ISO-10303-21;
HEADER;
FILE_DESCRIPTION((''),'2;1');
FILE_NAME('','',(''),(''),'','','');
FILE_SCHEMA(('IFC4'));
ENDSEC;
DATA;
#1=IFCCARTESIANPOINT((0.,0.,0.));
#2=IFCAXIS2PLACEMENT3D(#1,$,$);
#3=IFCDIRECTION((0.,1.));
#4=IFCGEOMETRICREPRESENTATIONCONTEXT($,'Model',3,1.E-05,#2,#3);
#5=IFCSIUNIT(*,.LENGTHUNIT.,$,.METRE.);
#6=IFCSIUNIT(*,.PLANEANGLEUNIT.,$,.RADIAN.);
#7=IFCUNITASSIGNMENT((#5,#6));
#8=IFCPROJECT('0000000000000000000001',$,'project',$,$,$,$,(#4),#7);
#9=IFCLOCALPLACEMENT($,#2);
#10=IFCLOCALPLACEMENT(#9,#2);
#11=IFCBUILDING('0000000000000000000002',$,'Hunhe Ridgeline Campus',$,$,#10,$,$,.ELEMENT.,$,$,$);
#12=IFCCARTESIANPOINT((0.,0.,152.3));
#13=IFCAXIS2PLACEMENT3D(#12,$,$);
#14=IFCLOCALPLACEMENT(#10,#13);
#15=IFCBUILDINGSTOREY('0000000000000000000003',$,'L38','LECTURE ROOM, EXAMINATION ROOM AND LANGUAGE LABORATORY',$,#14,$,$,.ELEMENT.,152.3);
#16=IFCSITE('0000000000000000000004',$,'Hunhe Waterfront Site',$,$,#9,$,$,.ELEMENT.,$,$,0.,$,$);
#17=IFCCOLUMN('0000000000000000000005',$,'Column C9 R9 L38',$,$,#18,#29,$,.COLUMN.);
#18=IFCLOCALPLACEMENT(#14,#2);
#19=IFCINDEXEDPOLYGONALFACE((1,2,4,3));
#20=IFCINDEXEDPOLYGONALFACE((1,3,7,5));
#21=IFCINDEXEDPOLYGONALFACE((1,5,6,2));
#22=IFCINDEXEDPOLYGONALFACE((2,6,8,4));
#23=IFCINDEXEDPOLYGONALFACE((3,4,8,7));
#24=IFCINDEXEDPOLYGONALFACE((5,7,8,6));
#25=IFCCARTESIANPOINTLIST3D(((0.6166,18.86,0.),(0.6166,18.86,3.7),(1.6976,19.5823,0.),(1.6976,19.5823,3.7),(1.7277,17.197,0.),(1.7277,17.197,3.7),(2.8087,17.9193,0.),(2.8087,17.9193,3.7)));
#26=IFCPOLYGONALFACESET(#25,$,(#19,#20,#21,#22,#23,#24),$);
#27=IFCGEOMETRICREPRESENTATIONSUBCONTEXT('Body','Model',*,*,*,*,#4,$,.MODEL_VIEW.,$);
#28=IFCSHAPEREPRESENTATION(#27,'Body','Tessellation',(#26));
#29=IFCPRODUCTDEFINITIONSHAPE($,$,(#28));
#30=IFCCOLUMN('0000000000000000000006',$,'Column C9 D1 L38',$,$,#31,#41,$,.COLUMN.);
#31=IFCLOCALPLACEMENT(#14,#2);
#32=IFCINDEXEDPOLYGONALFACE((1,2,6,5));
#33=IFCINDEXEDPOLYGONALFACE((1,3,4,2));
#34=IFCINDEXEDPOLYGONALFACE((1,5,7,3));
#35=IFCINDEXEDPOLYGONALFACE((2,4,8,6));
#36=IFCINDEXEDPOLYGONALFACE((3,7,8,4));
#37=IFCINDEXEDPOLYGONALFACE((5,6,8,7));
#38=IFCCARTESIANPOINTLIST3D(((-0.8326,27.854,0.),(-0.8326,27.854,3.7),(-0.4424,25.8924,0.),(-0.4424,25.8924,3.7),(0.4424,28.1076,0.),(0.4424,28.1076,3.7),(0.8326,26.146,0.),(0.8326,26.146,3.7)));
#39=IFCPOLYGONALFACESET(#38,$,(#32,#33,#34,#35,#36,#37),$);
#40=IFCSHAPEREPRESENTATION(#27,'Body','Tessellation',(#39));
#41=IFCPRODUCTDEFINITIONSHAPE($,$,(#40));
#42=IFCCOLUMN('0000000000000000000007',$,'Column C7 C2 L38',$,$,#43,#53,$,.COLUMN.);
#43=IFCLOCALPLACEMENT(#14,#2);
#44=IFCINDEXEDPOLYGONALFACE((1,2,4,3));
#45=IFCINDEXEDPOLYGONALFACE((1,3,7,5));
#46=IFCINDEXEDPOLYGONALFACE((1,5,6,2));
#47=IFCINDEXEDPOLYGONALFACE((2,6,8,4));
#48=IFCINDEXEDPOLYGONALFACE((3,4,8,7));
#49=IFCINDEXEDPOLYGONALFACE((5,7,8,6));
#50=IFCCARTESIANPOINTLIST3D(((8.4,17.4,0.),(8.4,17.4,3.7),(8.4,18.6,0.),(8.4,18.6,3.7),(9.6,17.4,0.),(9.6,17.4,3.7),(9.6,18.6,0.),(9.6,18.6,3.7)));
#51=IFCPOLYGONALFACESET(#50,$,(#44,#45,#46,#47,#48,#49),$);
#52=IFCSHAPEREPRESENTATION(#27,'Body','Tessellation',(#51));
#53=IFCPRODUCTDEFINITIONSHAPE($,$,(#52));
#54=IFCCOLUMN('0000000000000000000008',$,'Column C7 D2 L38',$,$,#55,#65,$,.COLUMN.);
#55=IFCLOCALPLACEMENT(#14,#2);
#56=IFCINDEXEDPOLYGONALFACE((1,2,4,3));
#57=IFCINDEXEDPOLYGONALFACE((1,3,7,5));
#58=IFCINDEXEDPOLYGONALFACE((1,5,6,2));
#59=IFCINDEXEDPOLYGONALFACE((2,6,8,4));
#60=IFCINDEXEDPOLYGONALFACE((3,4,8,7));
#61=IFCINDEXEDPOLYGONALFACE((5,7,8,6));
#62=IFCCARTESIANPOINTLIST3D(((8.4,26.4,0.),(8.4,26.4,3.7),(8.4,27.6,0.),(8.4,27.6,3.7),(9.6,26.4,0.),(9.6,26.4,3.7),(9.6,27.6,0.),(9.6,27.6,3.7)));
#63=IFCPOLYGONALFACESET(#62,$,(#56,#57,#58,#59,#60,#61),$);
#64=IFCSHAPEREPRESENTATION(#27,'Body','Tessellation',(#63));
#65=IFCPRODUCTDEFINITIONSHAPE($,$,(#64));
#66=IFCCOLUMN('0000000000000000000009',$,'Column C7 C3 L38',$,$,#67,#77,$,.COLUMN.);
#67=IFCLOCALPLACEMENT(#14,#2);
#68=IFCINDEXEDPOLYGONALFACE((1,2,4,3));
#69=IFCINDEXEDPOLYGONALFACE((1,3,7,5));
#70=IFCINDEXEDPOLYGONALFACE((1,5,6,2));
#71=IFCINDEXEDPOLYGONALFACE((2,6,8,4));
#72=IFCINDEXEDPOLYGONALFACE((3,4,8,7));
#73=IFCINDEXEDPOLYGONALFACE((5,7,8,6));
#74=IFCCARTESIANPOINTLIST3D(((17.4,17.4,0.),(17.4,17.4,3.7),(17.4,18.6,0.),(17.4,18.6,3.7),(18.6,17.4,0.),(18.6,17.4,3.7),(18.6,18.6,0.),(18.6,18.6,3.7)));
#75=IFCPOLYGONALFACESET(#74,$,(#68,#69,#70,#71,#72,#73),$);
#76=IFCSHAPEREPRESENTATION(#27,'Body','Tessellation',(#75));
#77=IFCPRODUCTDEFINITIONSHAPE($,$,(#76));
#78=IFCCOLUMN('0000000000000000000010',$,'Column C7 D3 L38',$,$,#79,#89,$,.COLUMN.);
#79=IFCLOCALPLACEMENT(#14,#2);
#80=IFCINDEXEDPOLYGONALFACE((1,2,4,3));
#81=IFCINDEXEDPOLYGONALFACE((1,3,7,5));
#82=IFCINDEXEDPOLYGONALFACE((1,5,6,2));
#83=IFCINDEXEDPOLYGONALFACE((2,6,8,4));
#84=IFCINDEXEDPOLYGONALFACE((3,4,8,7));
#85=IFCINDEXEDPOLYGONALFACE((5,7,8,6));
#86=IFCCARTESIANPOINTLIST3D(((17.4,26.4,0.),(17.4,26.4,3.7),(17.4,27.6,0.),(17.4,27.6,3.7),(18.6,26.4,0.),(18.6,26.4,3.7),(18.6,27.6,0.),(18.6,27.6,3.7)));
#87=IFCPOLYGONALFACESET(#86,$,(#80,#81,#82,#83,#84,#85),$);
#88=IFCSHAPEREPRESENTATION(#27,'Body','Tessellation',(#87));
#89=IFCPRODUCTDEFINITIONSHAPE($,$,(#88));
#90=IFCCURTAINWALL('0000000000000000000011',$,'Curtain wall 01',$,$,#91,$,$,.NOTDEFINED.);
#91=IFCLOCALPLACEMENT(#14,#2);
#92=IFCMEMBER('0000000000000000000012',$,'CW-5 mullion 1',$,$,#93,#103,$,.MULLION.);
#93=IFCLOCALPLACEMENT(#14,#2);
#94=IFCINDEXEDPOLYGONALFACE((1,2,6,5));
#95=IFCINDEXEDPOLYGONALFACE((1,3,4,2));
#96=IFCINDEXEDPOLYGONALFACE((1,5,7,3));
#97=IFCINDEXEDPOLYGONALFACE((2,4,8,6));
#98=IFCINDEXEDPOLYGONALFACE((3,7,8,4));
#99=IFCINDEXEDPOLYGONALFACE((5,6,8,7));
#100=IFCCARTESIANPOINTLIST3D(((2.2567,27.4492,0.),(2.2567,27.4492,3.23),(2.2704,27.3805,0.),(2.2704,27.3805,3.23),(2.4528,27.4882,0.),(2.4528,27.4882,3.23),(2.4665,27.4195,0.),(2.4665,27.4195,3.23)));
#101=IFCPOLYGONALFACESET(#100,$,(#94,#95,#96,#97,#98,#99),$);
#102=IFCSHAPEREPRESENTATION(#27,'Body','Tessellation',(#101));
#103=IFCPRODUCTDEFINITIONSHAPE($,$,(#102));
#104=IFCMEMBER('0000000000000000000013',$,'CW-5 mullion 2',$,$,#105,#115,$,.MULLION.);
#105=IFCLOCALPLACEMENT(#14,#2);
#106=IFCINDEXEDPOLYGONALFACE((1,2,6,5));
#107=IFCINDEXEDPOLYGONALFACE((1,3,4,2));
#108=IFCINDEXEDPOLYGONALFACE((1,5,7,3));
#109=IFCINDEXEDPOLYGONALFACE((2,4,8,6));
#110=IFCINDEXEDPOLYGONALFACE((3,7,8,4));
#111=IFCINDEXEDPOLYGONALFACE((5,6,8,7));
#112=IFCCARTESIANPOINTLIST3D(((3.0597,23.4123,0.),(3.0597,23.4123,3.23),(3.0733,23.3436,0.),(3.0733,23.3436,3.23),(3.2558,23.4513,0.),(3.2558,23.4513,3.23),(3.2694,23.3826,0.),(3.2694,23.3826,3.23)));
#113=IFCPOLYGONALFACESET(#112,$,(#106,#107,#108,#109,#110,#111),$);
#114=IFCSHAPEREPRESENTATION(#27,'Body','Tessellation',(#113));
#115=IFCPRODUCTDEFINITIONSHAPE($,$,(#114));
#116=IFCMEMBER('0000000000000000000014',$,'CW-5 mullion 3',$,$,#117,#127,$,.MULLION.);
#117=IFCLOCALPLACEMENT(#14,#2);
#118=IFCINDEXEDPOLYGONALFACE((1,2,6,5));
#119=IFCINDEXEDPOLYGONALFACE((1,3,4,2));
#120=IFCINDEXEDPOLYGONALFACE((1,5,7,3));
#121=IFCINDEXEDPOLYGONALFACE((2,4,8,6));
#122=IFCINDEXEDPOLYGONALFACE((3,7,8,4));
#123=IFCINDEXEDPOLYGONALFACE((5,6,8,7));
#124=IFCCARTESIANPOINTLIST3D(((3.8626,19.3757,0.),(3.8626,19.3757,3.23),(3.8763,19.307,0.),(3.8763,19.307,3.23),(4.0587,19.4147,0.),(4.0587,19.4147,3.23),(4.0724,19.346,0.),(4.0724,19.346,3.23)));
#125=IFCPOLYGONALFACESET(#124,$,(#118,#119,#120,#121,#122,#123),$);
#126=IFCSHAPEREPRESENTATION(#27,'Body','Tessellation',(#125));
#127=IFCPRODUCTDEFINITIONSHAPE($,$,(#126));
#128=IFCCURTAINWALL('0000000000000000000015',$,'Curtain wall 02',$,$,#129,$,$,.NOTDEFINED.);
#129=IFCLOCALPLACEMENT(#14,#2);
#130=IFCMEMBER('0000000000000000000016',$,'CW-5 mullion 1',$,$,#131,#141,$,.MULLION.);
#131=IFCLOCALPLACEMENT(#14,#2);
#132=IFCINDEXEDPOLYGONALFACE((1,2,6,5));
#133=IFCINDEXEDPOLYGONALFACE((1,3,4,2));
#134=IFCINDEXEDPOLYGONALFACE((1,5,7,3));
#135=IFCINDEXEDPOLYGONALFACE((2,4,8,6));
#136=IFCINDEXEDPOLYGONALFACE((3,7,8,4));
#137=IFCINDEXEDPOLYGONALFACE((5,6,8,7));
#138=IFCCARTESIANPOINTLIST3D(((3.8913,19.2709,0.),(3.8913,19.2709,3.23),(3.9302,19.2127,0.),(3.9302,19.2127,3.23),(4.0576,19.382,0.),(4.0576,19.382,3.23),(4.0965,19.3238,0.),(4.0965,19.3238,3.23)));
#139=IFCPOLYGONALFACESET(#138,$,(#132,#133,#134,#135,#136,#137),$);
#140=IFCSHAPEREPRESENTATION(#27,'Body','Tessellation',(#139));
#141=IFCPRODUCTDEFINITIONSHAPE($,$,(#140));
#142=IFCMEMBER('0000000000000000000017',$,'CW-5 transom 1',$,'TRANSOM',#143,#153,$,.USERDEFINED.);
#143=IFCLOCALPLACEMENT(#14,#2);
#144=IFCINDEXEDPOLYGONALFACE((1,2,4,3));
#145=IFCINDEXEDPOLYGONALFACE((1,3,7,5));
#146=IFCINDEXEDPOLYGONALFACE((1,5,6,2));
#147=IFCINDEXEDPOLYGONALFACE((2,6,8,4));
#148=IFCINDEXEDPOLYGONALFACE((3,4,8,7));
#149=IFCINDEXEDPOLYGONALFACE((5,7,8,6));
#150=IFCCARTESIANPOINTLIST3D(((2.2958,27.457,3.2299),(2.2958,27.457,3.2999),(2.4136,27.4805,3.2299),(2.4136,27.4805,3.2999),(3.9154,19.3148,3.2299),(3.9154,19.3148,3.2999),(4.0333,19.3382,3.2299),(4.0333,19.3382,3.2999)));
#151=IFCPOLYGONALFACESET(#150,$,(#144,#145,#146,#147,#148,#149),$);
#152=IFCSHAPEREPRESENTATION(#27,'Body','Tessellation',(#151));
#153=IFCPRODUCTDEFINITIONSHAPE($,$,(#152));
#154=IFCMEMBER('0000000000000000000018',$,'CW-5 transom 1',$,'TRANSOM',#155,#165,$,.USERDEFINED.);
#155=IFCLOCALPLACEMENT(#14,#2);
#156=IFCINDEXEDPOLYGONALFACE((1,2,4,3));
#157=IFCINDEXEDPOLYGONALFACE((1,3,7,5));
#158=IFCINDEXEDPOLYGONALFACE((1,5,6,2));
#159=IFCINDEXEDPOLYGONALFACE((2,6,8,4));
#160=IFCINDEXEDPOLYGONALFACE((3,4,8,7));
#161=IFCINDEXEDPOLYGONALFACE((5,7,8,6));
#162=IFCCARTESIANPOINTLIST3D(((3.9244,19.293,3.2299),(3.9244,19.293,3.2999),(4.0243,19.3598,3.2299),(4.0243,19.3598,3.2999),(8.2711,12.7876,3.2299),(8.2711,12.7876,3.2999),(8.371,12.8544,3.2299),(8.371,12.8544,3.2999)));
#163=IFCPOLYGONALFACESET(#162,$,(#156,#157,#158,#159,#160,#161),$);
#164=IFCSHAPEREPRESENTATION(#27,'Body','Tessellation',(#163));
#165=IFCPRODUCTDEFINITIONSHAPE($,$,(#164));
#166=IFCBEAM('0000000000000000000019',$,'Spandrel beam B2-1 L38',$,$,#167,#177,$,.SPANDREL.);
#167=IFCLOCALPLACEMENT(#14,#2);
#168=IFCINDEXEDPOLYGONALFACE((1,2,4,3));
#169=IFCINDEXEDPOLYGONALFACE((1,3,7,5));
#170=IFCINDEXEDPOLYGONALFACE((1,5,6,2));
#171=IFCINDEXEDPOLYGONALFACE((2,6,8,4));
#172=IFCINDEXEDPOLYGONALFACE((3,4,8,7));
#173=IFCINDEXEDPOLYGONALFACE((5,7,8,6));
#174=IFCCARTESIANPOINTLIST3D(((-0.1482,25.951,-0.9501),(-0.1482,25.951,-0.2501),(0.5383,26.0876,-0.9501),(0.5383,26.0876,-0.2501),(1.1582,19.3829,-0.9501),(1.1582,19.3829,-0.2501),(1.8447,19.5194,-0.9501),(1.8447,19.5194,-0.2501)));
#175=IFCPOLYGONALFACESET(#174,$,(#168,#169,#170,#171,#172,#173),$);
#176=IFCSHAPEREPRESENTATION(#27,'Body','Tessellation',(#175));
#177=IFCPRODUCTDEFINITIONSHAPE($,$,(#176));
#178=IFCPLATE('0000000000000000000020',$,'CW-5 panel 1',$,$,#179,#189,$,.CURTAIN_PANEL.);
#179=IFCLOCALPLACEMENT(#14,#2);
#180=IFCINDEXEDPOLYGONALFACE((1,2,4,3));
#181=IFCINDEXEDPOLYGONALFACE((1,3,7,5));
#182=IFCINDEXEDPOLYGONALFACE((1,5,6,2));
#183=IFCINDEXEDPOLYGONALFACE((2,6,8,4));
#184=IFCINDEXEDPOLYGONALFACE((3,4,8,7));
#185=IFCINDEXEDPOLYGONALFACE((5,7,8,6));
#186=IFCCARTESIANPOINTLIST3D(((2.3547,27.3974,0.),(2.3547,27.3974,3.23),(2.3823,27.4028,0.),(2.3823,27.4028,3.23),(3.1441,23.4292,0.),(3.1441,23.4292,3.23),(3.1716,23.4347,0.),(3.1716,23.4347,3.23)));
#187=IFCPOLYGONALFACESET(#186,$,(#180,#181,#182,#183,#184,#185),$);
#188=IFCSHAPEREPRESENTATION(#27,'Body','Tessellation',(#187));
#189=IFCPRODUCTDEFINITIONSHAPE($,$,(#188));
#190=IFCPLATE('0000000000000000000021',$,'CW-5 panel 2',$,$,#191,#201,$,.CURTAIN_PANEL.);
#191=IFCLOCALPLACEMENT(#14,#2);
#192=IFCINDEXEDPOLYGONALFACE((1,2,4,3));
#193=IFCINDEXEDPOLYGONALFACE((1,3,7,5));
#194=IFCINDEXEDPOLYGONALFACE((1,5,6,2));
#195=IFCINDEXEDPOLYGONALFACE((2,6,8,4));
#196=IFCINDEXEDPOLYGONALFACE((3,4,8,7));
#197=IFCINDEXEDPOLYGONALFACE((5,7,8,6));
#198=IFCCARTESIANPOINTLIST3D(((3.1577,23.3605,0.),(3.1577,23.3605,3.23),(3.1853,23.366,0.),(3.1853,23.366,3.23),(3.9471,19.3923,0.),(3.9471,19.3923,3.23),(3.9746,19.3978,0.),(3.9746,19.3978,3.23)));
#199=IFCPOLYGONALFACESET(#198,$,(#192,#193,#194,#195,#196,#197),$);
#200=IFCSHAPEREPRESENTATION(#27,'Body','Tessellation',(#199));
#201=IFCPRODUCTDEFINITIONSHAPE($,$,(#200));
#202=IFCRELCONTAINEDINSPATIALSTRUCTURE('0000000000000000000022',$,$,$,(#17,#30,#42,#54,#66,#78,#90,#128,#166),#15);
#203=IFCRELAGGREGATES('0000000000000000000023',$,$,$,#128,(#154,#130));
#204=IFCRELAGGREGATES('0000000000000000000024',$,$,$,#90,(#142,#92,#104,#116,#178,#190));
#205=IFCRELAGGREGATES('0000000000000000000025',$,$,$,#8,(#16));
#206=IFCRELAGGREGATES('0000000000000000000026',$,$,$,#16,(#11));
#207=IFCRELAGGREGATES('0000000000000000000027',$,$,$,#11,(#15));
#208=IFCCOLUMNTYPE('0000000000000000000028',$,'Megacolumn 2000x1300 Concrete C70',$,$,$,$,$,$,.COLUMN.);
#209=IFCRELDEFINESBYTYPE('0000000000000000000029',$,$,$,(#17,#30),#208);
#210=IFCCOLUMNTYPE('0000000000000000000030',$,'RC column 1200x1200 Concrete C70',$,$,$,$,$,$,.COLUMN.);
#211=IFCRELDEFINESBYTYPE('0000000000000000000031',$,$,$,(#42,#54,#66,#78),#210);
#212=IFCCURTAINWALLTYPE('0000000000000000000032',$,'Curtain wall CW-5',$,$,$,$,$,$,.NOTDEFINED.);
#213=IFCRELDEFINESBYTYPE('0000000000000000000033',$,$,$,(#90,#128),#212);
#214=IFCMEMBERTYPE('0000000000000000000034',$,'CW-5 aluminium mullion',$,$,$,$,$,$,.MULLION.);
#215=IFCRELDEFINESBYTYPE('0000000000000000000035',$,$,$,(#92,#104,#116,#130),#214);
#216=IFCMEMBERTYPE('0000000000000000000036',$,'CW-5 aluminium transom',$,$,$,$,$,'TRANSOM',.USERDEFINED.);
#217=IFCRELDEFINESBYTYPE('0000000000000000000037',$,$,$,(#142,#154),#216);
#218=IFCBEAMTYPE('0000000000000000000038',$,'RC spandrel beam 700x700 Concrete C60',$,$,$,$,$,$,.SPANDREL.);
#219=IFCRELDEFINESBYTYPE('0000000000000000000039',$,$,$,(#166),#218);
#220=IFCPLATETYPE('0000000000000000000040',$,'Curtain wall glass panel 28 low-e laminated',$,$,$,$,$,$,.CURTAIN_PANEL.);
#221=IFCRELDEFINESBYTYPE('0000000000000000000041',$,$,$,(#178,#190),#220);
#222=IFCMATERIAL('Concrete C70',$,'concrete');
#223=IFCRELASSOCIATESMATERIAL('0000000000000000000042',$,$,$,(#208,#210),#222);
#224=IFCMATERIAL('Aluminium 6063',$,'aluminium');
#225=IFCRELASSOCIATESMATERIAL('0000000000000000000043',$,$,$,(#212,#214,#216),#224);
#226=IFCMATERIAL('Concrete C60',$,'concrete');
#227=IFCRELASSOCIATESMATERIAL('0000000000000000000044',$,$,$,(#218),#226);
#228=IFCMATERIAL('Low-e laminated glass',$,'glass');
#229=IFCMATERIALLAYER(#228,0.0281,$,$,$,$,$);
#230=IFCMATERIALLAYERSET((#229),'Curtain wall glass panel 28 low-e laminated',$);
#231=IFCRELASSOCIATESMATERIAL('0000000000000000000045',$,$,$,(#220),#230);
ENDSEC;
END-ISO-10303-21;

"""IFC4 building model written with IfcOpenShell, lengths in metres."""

from ifc_helpers import new_model, si_unit, direction, frame, origin, origin_2d, place, context, subcontext, project, spatial, rectangle, extrude, material, layer, layer_set, material_profile, profile_set, type_object, element, aggregate, save


model = new_model("IFC4")

# Units and contexts
model_context = context("Model", 3, precision=1e-05, world=origin(), true_north=direction((0.0, 1.0)))
body_context = subcontext(model_context, "Body", "Model", "MODEL_VIEW")
ifc_project = project(units=[si_unit("LENGTHUNIT", "METRE"), si_unit("PLANEANGLEUNIT", "RADIAN")], contexts=[model_context])

# Site, building, storey
site_placement = place(None, origin())
site = spatial("IfcSite", under=ifc_project, at=site_placement, Name="Hunhe Waterfront Site", CompositionType="ELEMENT", RefElevation=0.0)
building_placement = place(site_placement, origin())
building = spatial("IfcBuilding", under=site, at=building_placement, Name="Hunhe Ridgeline Campus", CompositionType="ELEMENT")
storey_placement = place(building_placement, frame((0.0, 0.0, 152.3)))
storey = spatial("IfcBuildingStorey", under=building, at=storey_placement, Name="L38", Description="LECTURE ROOM, EXAMINATION ROOM AND LANGUAGE LABORATORY", CompositionType="ELEMENT", Elevation=152.3)

# Columns
ifc_material_1 = material(Name="Concrete C70", Category="concrete")
ifc_material_profile_1 = material_profile(ifc_material_1, rectangle(XDim=2.0, YDim=1.3, at=origin_2d()))
ifc_profile_set_1 = profile_set([ifc_material_profile_1], Name="Concrete C70")
column_type_1 = type_object("IfcColumnType", Name="Megacolumn 2000x1300 Concrete C70", PredefinedType="COLUMN", material=ifc_profile_set_1)
for number, where, z_axis, x_axis, name in (
    (1, (1.7126, 18.3896, 0.0), (0.0, 0.0, 1.0), (-0.55557, 0.83147, 0.0), "Column C9 R9 L38"),
    (2, (0.0, 27.0, 0.0), (0.0, 0.0, 1.0), (-0.19509, 0.980785, 0.0), "Column C9 D1 L38"),
):
    element("IfcColumn", number, at=place(storey_placement, frame(where, z_axis=z_axis, x_axis=x_axis)), inside=storey, type_object=column_type_1, Name=name, PredefinedType="COLUMN", context=body_context, shape_type="SweptSolid", body=[
        extrude(rectangle(XDim=2.0, YDim=1.3, at=origin_2d()), origin(), (0.0, 0.0, 1.0), 3.7),
    ])
ifc_material_profile_2 = material_profile(ifc_material_1, rectangle(XDim=1.2, YDim=1.2, at=origin_2d()))
ifc_profile_set_2 = profile_set([ifc_material_profile_2], Name="Concrete C70")
column_type_2 = type_object("IfcColumnType", Name="RC column 1200x1200 Concrete C70", PredefinedType="COLUMN", material=ifc_profile_set_2)
for number, where, z_axis, x_axis, name in (
    (3, (9.0, 18.0, 0.0), (0.0, 0.0, 1.0), (1.0, 0.0, 0.0), "Column C7 C2 L38"),
    (4, (9.0, 27.0, 0.0), (0.0, 0.0, 1.0), (1.0, 0.0, 0.0), "Column C7 D2 L38"),
    (5, (18.0, 18.0, 0.0), (0.0, 0.0, 1.0), (1.0, 0.0, 0.0), "Column C7 C3 L38"),
    (6, (18.0, 27.0, 0.0), (0.0, 0.0, 1.0), (1.0, 0.0, 0.0), "Column C7 D3 L38"),
):
    element("IfcColumn", number, at=place(storey_placement, frame(where, z_axis=z_axis, x_axis=x_axis)), inside=storey, type_object=column_type_2, Name=name, PredefinedType="COLUMN", context=body_context, shape_type="SweptSolid", body=[
        extrude(rectangle(XDim=1.2, YDim=1.2, at=origin_2d()), origin(), (0.0, 0.0, 1.0), 3.7),
    ])

# Curtain wall, members
ifc_material_2 = material(Name="Aluminium 6063", Category="aluminium")
curtain_wall_type = type_object("IfcCurtainWallType", Name="Curtain wall CW-5", PredefinedType="NOTDEFINED", material=ifc_material_2)
curtain_wall_1_placement = place(storey_placement, origin())
curtain_wall_1 = element("IfcCurtainWall", 7, at=curtain_wall_1_placement, inside=storey, type_object=curtain_wall_type, Name="Curtain wall 01", PredefinedType="NOTDEFINED")
ifc_material_profile_3 = material_profile(ifc_material_2, rectangle(XDim=0.2, YDim=0.0701, at=origin_2d()))
ifc_profile_set_3 = profile_set([ifc_material_profile_3], Name="Aluminium 6063")
member_type_1 = type_object("IfcMemberType", Name="CW-5 aluminium mullion", PredefinedType="MULLION", material=ifc_profile_set_3)
member_1_placement = place(storey_placement, frame((2.3616, 27.4343, 0.0), z_axis=(0.0, 0.0, 1.0), x_axis=(0.980784, 0.195095, 0.0)))
member_1 = element("IfcMember", 8, at=member_1_placement, type_object=member_type_1, Name="CW-5 mullion 1", PredefinedType="MULLION", context=body_context, shape_type="SweptSolid", body=[
    extrude(rectangle(XDim=0.2, YDim=0.0701, at=origin_2d()), origin(), (0.0, 0.0, 1.0), 3.23),
])
member_2_placement = place(storey_placement, frame((3.1646, 23.3975, 0.0), z_axis=(0.0, 0.0, 1.0), x_axis=(0.980784, 0.195095, 0.0)))
member_2 = element("IfcMember", 9, at=member_2_placement, type_object=member_type_1, Name="CW-5 mullion 2", PredefinedType="MULLION", context=body_context, shape_type="SweptSolid", body=[
    extrude(rectangle(XDim=0.2, YDim=0.0701, at=origin_2d()), origin(), (0.0, 0.0, 1.0), 3.23),
])
member_3_placement = place(storey_placement, frame((3.9675, 19.3608, 0.0), z_axis=(0.0, 0.0, 1.0), x_axis=(0.980784, 0.195095, 0.0)))
member_3 = element("IfcMember", 10, at=member_3_placement, type_object=member_type_1, Name="CW-5 mullion 3", PredefinedType="MULLION", context=body_context, shape_type="SweptSolid", body=[
    extrude(rectangle(XDim=0.2, YDim=0.0701, at=origin_2d()), origin(), (0.0, 0.0, 1.0), 3.23),
])

# Curtain wall, member
curtain_wall_2_placement = place(storey_placement, origin())
curtain_wall_2 = element("IfcCurtainWall", 11, at=curtain_wall_2_placement, inside=storey, type_object=curtain_wall_type, Name="Curtain wall 02", PredefinedType="NOTDEFINED")
member_4_placement = place(storey_placement, frame((3.9939, 19.2974, 0.0), z_axis=(0.0, 0.0, 1.0), x_axis=(0.83147, 0.55557, 0.0)))
member_4 = element("IfcMember", 12, at=member_4_placement, type_object=member_type_1, Name="CW-5 mullion 1", PredefinedType="MULLION", context=body_context, shape_type="SweptSolid", body=[
    extrude(rectangle(XDim=0.2, YDim=0.0701, at=origin_2d()), origin(), (0.0, 0.0, 1.0), 3.23),
])

# Members
ifc_material_profile_4 = material_profile(ifc_material_2, rectangle(XDim=0.1201, YDim=0.0701, at=origin_2d()))
ifc_profile_set_4 = profile_set([ifc_material_profile_4], Name="Aluminium 6063")
member_type_2 = type_object("IfcMemberType", Name="CW-5 aluminium transom", ElementType="TRANSOM", PredefinedType="USERDEFINED", material=ifc_profile_set_4)
member_5_placement = place(storey_placement, frame((2.3547, 27.4688, 3.2649), z_axis=(0.195092, -0.980785, 0.0), x_axis=(0.980785, 0.195092, 0.0)))
member_5 = element("IfcMember", 13, at=member_5_placement, type_object=member_type_2, Name="CW-5 transom 1", ObjectType="TRANSOM", PredefinedType="USERDEFINED", context=body_context, shape_type="SweptSolid", body=[
    extrude(rectangle(XDim=0.1201, YDim=0.0701, at=origin_2d()), origin(), (0.0, 0.0, 1.0), 8.3018),
])
member_6_placement = place(storey_placement, frame((3.9744, 19.3264, 3.2649), z_axis=(0.555564, -0.831474, 0.0), x_axis=(0.831474, 0.555564, 0.0)))
member_6 = element("IfcMember", 14, at=member_6_placement, type_object=member_type_2, Name="CW-5 transom 1", ObjectType="TRANSOM", PredefinedType="USERDEFINED", context=body_context, shape_type="SweptSolid", body=[
    extrude(rectangle(XDim=0.1201, YDim=0.0701, at=origin_2d()), origin(), (0.0, 0.0, 1.0), 7.824),
])
aggregate(curtain_wall_2, [member_6, member_4])

# Beam
ifc_material_3 = material(Name="Concrete C60", Category="concrete")
ifc_material_profile_5 = material_profile(ifc_material_3, rectangle(XDim=0.7, YDim=0.7, at=origin_2d()))
ifc_profile_set_5 = profile_set([ifc_material_profile_5], Name="Concrete C60")
beam_type = type_object("IfcBeamType", Name="RC spandrel beam 700x700 Concrete C60", PredefinedType="SPANDREL", material=ifc_profile_set_5)
beam_placement = place(storey_placement, frame((0.1951, 26.0193, -0.6001), z_axis=(0.195078, -0.980788, 0.0), x_axis=(0.980788, 0.195078, 0.0)))
element("IfcBeam", 15, at=beam_placement, inside=storey, type_object=beam_type, Name="Spandrel beam B2-1 L38", PredefinedType="SPANDREL", context=body_context, shape_type="SweptSolid", body=[
    extrude(rectangle(XDim=0.7, YDim=0.7, at=origin_2d()), origin(), (0.0, 0.0, 1.0), 6.6968),
])

# Plates
ifc_material_4 = material(Name="Low-e laminated glass", Category="glass")
ifc_layer_1 = layer(ifc_material_4, 0.0281)
ifc_layer_set_1 = layer_set([ifc_layer_1], Name="Curtain wall glass panel 28 low-e laminated")
plate_type = type_object("IfcPlateType", Name="Curtain wall glass panel 28 low-e laminated", PredefinedType="CURTAIN_PANEL", material=ifc_layer_set_1)
plate_1_placement = place(storey_placement, frame((2.7632, 25.416, 0.0), z_axis=(0.0, 0.0, 1.0), x_axis=(0.195095, -0.980784, 0.0)))
plate_1 = element("IfcPlate", 16, at=plate_1_placement, type_object=plate_type, Name="CW-5 panel 1", PredefinedType="CURTAIN_PANEL", context=body_context, shape_type="SweptSolid", body=[
    extrude(rectangle(XDim=4.0459, YDim=0.0281, at=origin_2d()), origin(), (0.0, 0.0, 1.0), 3.23),
])
plate_2_placement = place(storey_placement, frame((3.5662, 21.3792, 0.0), z_axis=(0.0, 0.0, 1.0), x_axis=(0.195095, -0.980784, 0.0)))
plate_2 = element("IfcPlate", 17, at=plate_2_placement, type_object=plate_type, Name="CW-5 panel 2", PredefinedType="CURTAIN_PANEL", context=body_context, shape_type="SweptSolid", body=[
    extrude(rectangle(XDim=4.0459, YDim=0.0281, at=origin_2d()), origin(), (0.0, 0.0, 1.0), 3.23),
])
aggregate(curtain_wall_1, [member_5, member_1, member_2, member_3, plate_1, plate_2])

save(model, "model.ifc")
